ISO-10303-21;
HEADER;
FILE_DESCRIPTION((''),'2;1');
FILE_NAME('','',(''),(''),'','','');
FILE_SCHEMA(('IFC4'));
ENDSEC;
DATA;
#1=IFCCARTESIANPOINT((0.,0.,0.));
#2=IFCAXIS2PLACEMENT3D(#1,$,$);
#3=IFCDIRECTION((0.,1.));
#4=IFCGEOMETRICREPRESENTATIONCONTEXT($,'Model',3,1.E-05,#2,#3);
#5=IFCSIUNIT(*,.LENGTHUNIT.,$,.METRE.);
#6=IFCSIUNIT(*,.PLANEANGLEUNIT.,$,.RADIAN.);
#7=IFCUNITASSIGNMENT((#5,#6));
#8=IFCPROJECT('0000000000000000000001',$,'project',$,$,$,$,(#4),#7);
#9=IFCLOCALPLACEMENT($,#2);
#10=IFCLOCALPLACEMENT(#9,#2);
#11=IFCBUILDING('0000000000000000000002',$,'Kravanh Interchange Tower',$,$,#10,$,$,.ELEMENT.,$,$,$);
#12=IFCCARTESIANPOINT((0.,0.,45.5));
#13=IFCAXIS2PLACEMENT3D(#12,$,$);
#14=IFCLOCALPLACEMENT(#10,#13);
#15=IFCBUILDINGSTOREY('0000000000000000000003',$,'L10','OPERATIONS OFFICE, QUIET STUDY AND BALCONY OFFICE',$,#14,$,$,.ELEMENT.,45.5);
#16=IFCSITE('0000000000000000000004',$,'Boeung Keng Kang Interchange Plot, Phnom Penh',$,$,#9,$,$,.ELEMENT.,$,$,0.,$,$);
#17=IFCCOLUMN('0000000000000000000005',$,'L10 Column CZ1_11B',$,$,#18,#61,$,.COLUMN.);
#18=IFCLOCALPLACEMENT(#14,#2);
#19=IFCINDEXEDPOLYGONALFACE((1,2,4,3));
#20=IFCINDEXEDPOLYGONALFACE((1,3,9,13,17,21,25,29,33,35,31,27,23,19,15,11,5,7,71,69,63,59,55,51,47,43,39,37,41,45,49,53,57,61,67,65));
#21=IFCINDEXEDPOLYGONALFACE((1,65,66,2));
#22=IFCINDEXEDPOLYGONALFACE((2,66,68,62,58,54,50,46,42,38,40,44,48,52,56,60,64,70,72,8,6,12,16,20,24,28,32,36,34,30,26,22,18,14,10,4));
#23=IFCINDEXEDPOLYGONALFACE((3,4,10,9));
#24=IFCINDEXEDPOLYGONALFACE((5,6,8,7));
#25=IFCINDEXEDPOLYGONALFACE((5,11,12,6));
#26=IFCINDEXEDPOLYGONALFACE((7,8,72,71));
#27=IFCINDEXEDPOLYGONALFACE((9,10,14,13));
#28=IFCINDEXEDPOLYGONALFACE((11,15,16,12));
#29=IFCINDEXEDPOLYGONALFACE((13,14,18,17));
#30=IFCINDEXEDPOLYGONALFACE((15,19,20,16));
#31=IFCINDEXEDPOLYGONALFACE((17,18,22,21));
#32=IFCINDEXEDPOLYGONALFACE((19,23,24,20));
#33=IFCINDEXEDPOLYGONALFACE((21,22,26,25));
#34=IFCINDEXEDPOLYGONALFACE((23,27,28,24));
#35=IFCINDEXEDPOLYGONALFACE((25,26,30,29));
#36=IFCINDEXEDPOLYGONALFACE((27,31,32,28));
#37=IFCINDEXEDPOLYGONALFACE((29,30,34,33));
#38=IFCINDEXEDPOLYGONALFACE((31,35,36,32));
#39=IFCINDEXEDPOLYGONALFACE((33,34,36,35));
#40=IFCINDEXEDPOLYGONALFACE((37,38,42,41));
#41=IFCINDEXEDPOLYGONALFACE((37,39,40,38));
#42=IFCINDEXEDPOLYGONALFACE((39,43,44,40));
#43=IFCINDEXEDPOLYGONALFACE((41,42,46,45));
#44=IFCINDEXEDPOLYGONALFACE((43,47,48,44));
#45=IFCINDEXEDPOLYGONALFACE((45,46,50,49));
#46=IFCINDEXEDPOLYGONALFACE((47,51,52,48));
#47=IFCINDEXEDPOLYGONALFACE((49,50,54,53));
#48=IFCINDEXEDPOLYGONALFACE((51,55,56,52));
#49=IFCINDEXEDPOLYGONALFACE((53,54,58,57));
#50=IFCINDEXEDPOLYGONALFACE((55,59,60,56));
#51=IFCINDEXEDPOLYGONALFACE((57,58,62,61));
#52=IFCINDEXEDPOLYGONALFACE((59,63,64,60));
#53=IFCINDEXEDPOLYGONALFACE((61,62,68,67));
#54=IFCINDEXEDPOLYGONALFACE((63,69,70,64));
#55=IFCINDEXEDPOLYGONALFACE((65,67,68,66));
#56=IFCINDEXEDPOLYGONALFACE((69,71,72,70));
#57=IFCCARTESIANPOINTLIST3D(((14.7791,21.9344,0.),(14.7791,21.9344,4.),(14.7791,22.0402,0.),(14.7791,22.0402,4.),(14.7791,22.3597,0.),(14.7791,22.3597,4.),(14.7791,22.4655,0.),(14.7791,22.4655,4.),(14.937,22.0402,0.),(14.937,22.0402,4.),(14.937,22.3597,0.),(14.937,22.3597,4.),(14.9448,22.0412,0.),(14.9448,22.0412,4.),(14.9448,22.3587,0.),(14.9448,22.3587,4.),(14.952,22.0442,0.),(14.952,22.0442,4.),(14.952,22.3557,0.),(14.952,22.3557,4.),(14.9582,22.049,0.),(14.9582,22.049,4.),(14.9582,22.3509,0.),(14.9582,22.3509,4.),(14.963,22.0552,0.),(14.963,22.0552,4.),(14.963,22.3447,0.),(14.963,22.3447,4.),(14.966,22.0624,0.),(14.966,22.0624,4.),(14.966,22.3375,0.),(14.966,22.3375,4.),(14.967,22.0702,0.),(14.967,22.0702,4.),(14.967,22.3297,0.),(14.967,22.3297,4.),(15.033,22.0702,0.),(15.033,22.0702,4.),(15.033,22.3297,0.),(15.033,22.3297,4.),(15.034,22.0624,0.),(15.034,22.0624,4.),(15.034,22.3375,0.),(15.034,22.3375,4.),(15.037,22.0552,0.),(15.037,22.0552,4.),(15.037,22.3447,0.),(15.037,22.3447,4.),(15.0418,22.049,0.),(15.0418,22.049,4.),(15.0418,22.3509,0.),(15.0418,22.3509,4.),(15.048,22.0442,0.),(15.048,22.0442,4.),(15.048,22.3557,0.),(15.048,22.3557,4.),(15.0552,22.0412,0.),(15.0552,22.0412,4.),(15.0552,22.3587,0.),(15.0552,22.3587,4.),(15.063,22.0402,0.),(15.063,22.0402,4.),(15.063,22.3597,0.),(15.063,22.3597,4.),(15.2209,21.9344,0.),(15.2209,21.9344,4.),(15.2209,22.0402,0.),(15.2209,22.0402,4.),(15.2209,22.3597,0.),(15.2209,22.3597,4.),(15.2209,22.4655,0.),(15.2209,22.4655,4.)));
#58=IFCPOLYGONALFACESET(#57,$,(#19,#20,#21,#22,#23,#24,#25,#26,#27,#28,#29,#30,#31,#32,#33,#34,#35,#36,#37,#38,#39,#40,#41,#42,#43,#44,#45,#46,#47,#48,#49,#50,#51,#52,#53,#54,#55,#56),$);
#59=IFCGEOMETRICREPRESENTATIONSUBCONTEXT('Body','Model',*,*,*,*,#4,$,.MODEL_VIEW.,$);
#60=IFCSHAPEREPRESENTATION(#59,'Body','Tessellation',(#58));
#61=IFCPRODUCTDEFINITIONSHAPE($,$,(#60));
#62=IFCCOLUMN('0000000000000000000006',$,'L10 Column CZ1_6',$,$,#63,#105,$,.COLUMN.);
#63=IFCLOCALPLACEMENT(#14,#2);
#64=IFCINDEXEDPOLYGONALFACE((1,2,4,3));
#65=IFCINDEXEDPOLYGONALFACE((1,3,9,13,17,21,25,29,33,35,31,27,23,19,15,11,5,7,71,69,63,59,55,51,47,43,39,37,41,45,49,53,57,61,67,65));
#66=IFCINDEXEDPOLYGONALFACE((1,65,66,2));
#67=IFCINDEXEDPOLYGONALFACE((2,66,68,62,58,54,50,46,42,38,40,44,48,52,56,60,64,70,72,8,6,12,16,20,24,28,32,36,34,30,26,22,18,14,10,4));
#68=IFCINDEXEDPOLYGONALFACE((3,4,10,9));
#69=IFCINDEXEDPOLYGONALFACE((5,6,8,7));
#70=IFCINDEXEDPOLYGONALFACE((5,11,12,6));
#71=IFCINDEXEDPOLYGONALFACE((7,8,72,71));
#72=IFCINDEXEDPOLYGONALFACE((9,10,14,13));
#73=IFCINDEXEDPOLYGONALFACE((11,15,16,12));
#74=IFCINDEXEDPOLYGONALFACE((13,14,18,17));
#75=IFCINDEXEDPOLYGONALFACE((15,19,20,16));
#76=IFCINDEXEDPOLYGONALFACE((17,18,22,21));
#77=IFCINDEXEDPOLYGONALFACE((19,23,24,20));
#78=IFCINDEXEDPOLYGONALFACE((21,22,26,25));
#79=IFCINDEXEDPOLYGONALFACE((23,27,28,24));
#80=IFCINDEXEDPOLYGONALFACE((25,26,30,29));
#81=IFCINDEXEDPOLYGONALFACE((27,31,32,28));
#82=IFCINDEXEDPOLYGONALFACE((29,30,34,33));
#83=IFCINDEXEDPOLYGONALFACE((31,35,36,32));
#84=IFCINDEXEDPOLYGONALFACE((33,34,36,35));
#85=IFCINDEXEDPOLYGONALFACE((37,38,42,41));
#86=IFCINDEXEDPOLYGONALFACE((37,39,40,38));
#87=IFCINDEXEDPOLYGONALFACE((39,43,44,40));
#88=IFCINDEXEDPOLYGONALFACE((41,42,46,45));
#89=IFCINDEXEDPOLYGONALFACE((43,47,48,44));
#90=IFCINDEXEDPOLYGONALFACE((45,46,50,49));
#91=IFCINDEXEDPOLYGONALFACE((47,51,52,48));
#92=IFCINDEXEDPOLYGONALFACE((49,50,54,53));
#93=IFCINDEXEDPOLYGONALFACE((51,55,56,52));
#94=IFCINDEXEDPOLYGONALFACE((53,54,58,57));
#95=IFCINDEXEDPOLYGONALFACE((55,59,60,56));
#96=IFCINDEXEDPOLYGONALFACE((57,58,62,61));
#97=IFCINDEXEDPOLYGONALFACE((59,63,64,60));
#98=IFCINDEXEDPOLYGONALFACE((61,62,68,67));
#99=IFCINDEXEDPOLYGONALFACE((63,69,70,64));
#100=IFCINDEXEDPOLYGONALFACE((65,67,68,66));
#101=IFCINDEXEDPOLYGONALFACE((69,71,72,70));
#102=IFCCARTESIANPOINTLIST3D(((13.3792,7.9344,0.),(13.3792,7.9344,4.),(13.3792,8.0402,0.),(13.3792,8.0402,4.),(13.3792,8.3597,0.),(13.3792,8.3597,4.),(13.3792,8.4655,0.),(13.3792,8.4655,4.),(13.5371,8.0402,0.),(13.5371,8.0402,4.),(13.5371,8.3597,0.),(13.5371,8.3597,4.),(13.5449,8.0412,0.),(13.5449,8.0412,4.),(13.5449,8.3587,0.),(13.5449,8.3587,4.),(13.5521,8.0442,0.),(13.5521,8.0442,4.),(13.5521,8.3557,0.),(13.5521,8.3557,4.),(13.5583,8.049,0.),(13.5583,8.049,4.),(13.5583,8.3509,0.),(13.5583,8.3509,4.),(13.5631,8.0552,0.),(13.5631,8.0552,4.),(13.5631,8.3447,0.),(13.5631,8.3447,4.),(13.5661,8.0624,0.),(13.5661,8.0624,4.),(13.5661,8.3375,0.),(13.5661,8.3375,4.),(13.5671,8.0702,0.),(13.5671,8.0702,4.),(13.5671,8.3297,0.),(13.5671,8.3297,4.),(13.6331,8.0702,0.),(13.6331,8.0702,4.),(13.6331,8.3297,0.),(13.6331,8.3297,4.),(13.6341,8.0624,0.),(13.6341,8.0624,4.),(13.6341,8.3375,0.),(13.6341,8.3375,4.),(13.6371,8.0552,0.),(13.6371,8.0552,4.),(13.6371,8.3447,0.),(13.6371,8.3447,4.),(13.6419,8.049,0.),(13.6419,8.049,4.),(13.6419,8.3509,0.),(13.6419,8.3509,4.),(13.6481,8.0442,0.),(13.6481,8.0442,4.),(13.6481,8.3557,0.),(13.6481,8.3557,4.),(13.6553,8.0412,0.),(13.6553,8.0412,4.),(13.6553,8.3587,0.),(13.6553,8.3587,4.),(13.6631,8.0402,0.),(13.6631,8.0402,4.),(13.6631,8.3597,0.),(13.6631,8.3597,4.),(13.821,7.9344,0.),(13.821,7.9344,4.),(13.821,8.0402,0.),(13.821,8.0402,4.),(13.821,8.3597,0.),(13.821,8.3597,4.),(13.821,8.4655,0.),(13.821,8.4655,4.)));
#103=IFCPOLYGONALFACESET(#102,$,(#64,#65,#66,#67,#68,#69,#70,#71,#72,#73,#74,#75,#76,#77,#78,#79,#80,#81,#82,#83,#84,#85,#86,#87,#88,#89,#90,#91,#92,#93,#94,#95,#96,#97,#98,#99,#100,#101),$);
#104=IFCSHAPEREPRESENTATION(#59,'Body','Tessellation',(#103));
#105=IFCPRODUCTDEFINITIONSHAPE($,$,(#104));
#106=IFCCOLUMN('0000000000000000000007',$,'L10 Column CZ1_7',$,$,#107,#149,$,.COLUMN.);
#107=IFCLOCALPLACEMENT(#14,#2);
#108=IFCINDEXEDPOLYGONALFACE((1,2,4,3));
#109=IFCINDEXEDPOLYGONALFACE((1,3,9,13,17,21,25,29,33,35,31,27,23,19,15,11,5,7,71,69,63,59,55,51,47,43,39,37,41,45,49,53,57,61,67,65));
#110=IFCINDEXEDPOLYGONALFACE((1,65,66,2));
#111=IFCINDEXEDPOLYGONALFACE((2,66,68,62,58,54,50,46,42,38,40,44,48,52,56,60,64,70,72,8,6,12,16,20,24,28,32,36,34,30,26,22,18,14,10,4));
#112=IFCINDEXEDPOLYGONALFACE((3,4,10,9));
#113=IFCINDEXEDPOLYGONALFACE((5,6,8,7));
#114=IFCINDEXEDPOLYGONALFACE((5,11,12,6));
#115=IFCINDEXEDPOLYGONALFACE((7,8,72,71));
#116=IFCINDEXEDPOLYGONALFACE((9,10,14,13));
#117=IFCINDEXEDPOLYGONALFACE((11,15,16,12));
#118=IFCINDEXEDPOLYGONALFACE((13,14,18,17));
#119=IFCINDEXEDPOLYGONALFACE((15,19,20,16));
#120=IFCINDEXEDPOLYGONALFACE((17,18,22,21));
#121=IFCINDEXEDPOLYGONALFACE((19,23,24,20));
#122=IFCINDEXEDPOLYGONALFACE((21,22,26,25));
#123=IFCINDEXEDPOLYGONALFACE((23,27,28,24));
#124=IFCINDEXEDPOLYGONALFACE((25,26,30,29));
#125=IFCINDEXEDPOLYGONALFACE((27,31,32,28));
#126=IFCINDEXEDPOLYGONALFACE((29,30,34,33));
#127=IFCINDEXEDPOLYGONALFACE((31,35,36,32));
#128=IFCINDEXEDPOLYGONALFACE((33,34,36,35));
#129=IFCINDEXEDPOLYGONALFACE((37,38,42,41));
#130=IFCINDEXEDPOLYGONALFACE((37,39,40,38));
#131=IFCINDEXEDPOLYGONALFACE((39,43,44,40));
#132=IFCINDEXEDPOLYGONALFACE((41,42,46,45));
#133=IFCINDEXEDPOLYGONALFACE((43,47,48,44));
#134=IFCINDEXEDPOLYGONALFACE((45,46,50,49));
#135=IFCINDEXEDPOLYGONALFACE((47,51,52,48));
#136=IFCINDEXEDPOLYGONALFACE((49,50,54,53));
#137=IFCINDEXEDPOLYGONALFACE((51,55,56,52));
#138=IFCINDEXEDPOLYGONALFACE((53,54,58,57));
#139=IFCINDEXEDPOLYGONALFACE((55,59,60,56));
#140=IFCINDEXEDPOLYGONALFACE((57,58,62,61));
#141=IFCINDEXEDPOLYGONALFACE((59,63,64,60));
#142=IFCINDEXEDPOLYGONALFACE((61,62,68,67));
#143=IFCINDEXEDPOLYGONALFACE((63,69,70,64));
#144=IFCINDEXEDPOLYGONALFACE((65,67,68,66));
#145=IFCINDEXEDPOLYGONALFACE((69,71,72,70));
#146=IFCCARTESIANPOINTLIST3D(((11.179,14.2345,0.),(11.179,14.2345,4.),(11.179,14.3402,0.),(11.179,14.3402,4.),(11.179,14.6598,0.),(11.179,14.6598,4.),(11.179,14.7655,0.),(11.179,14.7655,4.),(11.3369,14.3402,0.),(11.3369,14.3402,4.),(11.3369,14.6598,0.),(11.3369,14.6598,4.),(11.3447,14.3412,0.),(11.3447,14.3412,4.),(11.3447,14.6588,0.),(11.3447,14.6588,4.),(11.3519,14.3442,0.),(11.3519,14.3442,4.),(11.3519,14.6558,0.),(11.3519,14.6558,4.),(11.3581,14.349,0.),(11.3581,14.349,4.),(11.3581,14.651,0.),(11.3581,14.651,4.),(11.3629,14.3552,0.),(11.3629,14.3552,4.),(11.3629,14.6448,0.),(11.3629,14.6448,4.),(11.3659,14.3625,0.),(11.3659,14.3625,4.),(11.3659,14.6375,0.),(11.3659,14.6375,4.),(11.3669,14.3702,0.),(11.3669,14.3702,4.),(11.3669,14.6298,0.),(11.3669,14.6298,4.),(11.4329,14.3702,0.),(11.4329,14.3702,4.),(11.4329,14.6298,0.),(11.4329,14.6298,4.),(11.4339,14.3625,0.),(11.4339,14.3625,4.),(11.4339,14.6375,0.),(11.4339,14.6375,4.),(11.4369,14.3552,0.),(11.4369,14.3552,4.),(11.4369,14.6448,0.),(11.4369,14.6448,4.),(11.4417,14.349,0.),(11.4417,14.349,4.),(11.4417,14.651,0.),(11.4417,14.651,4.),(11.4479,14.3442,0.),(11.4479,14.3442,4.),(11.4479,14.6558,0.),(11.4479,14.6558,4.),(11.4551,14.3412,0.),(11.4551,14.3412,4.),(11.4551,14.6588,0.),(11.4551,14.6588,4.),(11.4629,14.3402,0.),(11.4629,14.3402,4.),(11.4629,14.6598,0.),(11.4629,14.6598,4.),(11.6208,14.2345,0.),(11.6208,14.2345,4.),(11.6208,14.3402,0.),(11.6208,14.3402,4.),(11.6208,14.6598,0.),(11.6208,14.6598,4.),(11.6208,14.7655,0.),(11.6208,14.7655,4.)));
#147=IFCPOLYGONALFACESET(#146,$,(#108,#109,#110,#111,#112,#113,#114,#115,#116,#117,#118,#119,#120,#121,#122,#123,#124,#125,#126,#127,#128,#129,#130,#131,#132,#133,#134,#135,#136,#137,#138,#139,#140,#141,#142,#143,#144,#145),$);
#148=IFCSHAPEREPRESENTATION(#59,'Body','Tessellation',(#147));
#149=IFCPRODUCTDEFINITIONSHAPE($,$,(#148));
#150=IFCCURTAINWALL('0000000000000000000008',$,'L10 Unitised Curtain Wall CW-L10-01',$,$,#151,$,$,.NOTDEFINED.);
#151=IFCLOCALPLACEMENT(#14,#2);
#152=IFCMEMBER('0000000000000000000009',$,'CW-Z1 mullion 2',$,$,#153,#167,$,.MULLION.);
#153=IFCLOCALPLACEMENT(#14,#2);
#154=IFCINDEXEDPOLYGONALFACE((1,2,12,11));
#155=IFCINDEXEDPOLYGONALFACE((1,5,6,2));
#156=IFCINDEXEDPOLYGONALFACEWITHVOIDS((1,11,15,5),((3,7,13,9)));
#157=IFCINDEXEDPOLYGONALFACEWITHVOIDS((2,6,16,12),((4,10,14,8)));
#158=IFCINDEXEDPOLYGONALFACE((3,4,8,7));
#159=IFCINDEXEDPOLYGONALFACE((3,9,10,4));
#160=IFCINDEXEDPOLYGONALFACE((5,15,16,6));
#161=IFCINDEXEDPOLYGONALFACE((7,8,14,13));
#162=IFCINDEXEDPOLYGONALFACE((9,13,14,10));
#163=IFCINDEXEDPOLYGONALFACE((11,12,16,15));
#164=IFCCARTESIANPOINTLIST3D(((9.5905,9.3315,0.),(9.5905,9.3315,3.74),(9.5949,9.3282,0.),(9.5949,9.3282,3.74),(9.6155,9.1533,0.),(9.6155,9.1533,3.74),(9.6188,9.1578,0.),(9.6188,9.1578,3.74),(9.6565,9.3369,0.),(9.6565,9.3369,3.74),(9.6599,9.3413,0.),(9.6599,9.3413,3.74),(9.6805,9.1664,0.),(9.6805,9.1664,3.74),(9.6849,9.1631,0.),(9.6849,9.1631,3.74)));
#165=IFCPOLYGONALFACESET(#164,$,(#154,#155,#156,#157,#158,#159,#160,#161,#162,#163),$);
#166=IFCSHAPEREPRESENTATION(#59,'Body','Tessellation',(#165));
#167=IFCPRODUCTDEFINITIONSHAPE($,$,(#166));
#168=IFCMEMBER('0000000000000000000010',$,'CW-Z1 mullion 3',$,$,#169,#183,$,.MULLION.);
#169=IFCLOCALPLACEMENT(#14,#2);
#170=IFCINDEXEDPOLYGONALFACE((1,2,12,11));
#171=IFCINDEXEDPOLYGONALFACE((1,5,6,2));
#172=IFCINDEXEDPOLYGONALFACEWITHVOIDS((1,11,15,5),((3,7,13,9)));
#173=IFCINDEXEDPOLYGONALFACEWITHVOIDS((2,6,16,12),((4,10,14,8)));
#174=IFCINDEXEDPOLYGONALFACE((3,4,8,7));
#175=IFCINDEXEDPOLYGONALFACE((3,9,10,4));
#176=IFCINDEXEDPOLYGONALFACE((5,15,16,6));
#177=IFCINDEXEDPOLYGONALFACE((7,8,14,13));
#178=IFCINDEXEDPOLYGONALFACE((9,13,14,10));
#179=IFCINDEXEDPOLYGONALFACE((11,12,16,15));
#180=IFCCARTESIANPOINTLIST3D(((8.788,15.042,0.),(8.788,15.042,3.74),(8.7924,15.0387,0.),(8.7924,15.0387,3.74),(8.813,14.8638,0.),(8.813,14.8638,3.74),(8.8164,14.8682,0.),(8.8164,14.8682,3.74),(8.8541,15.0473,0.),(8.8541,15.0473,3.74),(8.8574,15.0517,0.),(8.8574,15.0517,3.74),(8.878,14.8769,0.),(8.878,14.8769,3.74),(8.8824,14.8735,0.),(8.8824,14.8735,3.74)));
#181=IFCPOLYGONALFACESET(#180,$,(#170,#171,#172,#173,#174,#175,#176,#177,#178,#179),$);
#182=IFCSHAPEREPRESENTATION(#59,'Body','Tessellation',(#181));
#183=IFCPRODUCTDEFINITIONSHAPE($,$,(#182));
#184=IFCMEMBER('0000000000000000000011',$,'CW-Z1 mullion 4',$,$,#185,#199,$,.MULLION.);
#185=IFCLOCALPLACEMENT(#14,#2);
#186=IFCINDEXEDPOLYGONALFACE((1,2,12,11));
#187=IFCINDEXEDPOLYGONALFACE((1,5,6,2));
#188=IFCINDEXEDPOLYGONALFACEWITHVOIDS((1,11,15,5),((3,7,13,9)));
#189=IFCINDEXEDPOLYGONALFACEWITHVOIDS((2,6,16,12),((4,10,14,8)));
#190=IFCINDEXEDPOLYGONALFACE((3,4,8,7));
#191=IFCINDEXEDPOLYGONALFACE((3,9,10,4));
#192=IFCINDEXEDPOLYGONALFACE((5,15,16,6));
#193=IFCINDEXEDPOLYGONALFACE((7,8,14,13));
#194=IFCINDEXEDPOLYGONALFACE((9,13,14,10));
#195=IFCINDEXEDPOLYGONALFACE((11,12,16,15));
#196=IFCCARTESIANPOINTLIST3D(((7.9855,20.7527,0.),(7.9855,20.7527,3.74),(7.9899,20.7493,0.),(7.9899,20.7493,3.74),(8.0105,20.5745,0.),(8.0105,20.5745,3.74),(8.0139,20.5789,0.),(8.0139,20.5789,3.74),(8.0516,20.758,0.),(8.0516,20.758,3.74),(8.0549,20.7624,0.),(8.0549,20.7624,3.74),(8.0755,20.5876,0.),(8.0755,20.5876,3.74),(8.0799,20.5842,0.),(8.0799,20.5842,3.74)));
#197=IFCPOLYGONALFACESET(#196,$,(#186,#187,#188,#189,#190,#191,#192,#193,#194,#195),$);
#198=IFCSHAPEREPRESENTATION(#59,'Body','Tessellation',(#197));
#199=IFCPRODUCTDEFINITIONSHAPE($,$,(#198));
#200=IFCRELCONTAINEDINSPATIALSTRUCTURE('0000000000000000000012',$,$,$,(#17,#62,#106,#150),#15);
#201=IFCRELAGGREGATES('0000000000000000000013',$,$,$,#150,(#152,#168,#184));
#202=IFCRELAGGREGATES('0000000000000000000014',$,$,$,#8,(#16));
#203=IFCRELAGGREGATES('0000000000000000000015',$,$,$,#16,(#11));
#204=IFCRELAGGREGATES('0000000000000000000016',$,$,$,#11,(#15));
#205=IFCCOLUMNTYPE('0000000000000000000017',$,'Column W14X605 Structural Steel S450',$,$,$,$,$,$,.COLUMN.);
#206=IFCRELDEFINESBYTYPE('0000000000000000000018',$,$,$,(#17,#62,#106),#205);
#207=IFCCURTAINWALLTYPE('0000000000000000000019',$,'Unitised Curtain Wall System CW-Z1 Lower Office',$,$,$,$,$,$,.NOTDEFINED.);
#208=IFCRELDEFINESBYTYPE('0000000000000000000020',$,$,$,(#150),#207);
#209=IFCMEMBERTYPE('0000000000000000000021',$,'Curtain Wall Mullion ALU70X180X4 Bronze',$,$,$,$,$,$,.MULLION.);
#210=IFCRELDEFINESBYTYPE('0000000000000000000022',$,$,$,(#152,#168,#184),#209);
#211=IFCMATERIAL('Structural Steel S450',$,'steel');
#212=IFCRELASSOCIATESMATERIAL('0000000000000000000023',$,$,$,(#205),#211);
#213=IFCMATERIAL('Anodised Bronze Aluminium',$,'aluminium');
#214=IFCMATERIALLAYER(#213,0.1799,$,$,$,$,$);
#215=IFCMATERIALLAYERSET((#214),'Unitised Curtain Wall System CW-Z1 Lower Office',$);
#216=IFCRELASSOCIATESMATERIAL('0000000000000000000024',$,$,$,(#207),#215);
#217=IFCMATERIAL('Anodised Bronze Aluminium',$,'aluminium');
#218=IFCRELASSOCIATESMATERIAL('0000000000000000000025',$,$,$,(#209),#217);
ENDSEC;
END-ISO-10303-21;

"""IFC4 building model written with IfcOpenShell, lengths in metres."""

from ifc_helpers import new_model, si_unit, direction, frame, origin, origin_2d, place, context, subcontext, project, spatial, hollow_rectangle, i_section, extrude, material, layer, layer_set, material_profile, profile_set, type_object, element, aggregate, save


model = new_model("IFC4")

# Units and contexts
model_context = context("Model", 3, precision=1e-05, world=origin(), true_north=direction((0.0, 1.0)))
body_context = subcontext(model_context, "Body", "Model", "MODEL_VIEW")
ifc_project = project(units=[si_unit("LENGTHUNIT", "METRE"), si_unit("PLANEANGLEUNIT", "RADIAN")], contexts=[model_context])

# Site, building, storey
site_placement = place(None, origin())
site = spatial("IfcSite", under=ifc_project, at=site_placement, Name="Boeung Keng Kang Interchange Plot, Phnom Penh", CompositionType="ELEMENT", RefElevation=0.0)
building_placement = place(site_placement, origin())
building = spatial("IfcBuilding", under=site, at=building_placement, Name="Kravanh Interchange Tower", CompositionType="ELEMENT")
storey_placement = place(building_placement, frame((0.0, 0.0, 45.5)))
storey = spatial("IfcBuildingStorey", under=building, at=storey_placement, Name="L10", Description="OPERATIONS OFFICE, QUIET STUDY AND BALCONY OFFICE", CompositionType="ELEMENT", Elevation=45.5)

# Columns
ifc_material_1 = material(Name="Structural Steel S450", Category="steel")
ifc_material_profile_1 = material_profile(ifc_material_1, i_section(OverallWidth=0.4419, OverallDepth=0.531, WebThickness=0.0659, FlangeThickness=0.1057, FilletRadius=0.03, at=origin_2d()), Name="W14X605")
ifc_profile_set_1 = profile_set([ifc_material_profile_1], Name="Structural Steel S450")
column_type = type_object("IfcColumnType", Name="Column W14X605 Structural Steel S450", PredefinedType="COLUMN", material=ifc_profile_set_1)
for number, where, z_axis, x_axis, name in (
    (1, (15.0, 22.2, 0.0), (0.0, 0.0, 1.0), (1.0, 0.0, 0.0), "L10 Column CZ1_11B"),
    (2, (13.6001, 8.2, 0.0), (0.0, 0.0, 1.0), (1.0, 0.0, 0.0), "L10 Column CZ1_6"),
    (3, (11.3999, 14.5, 0.0), (0.0, 0.0, 1.0), (1.0, 0.0, 0.0), "L10 Column CZ1_7"),
):
    element("IfcColumn", number, at=place(storey_placement, frame(where, z_axis=z_axis, x_axis=x_axis)), inside=storey, type_object=column_type, Name=name, PredefinedType="COLUMN", context=body_context, shape_type="SweptSolid", body=[
        extrude(i_section(OverallWidth=0.4419, OverallDepth=0.531, WebThickness=0.0659, FlangeThickness=0.1057, FilletRadius=0.03, at=origin_2d()), origin(), (0.0, 0.0, 1.0), 4.0),
    ])

# Curtain wall, members
ifc_material_2 = material(Name="Anodised Bronze Aluminium", Category="aluminium")
ifc_layer_1 = layer(ifc_material_2, 0.1799)
ifc_layer_set_1 = layer_set([ifc_layer_1], Name="Unitised Curtain Wall System CW-Z1 Lower Office")
curtain_wall_type = type_object("IfcCurtainWallType", Name="Unitised Curtain Wall System CW-Z1 Lower Office", PredefinedType="NOTDEFINED", material=ifc_layer_set_1)
curtain_wall_placement = place(storey_placement, origin())
curtain_wall = element("IfcCurtainWall", 4, at=curtain_wall_placement, inside=storey, type_object=curtain_wall_type, Name="L10 Unitised Curtain Wall CW-L10-01", PredefinedType="NOTDEFINED")
ifc_material_3 = material(Name="Anodised Bronze Aluminium", Category="aluminium")
ifc_material_profile_2 = material_profile(ifc_material_3, hollow_rectangle(XDim=0.0701, YDim=0.1799, WallThickness=0.0039, at=origin_2d()), Name="ALU70X180X4")
ifc_profile_set_2 = profile_set([ifc_material_profile_2], Name="Anodised Bronze Aluminium")
member_type_1 = type_object("IfcMemberType", Name="Curtain Wall Mullion ALU70X180X4 Bronze", PredefinedType="MULLION", material=ifc_profile_set_2)
member_1_placement = place(storey_placement, frame((9.6377, 9.2473, 0.0), z_axis=(0.0, 0.0, 1.0), x_axis=(-0.990268, -0.139177, 0.0)))
member_1 = element("IfcMember", 5, at=member_1_placement, type_object=member_type_1, Name="CW-Z1 mullion 2", PredefinedType="MULLION", context=body_context, shape_type="SweptSolid", body=[
    extrude(hollow_rectangle(XDim=0.0701, YDim=0.1799, WallThickness=0.0039, at=origin_2d()), origin(), (0.0, 0.0, 1.0), 3.74),
])
member_2_placement = place(storey_placement, frame((8.8352, 14.9578, 0.0), z_axis=(0.0, 0.0, 1.0), x_axis=(-0.990268, -0.139177, 0.0)))
member_2 = element("IfcMember", 6, at=member_2_placement, type_object=member_type_1, Name="CW-Z1 mullion 3", PredefinedType="MULLION", context=body_context, shape_type="SweptSolid", body=[
    extrude(hollow_rectangle(XDim=0.0701, YDim=0.1799, WallThickness=0.0039, at=origin_2d()), origin(), (0.0, 0.0, 1.0), 3.74),
])
member_3_placement = place(storey_placement, frame((8.0327, 20.6685, 0.0), z_axis=(0.0, 0.0, 1.0), x_axis=(-0.990268, -0.139177, 0.0)))
member_3 = element("IfcMember", 7, at=member_3_placement, type_object=member_type_1, Name="CW-Z1 mullion 4", PredefinedType="MULLION", context=body_context, shape_type="SweptSolid", body=[
    extrude(hollow_rectangle(XDim=0.0701, YDim=0.1799, WallThickness=0.0039, at=origin_2d()), origin(), (0.0, 0.0, 1.0), 3.74),
])

aggregate(curtain_wall, [member_1, member_2, member_3])

save(model, "model.ifc")
